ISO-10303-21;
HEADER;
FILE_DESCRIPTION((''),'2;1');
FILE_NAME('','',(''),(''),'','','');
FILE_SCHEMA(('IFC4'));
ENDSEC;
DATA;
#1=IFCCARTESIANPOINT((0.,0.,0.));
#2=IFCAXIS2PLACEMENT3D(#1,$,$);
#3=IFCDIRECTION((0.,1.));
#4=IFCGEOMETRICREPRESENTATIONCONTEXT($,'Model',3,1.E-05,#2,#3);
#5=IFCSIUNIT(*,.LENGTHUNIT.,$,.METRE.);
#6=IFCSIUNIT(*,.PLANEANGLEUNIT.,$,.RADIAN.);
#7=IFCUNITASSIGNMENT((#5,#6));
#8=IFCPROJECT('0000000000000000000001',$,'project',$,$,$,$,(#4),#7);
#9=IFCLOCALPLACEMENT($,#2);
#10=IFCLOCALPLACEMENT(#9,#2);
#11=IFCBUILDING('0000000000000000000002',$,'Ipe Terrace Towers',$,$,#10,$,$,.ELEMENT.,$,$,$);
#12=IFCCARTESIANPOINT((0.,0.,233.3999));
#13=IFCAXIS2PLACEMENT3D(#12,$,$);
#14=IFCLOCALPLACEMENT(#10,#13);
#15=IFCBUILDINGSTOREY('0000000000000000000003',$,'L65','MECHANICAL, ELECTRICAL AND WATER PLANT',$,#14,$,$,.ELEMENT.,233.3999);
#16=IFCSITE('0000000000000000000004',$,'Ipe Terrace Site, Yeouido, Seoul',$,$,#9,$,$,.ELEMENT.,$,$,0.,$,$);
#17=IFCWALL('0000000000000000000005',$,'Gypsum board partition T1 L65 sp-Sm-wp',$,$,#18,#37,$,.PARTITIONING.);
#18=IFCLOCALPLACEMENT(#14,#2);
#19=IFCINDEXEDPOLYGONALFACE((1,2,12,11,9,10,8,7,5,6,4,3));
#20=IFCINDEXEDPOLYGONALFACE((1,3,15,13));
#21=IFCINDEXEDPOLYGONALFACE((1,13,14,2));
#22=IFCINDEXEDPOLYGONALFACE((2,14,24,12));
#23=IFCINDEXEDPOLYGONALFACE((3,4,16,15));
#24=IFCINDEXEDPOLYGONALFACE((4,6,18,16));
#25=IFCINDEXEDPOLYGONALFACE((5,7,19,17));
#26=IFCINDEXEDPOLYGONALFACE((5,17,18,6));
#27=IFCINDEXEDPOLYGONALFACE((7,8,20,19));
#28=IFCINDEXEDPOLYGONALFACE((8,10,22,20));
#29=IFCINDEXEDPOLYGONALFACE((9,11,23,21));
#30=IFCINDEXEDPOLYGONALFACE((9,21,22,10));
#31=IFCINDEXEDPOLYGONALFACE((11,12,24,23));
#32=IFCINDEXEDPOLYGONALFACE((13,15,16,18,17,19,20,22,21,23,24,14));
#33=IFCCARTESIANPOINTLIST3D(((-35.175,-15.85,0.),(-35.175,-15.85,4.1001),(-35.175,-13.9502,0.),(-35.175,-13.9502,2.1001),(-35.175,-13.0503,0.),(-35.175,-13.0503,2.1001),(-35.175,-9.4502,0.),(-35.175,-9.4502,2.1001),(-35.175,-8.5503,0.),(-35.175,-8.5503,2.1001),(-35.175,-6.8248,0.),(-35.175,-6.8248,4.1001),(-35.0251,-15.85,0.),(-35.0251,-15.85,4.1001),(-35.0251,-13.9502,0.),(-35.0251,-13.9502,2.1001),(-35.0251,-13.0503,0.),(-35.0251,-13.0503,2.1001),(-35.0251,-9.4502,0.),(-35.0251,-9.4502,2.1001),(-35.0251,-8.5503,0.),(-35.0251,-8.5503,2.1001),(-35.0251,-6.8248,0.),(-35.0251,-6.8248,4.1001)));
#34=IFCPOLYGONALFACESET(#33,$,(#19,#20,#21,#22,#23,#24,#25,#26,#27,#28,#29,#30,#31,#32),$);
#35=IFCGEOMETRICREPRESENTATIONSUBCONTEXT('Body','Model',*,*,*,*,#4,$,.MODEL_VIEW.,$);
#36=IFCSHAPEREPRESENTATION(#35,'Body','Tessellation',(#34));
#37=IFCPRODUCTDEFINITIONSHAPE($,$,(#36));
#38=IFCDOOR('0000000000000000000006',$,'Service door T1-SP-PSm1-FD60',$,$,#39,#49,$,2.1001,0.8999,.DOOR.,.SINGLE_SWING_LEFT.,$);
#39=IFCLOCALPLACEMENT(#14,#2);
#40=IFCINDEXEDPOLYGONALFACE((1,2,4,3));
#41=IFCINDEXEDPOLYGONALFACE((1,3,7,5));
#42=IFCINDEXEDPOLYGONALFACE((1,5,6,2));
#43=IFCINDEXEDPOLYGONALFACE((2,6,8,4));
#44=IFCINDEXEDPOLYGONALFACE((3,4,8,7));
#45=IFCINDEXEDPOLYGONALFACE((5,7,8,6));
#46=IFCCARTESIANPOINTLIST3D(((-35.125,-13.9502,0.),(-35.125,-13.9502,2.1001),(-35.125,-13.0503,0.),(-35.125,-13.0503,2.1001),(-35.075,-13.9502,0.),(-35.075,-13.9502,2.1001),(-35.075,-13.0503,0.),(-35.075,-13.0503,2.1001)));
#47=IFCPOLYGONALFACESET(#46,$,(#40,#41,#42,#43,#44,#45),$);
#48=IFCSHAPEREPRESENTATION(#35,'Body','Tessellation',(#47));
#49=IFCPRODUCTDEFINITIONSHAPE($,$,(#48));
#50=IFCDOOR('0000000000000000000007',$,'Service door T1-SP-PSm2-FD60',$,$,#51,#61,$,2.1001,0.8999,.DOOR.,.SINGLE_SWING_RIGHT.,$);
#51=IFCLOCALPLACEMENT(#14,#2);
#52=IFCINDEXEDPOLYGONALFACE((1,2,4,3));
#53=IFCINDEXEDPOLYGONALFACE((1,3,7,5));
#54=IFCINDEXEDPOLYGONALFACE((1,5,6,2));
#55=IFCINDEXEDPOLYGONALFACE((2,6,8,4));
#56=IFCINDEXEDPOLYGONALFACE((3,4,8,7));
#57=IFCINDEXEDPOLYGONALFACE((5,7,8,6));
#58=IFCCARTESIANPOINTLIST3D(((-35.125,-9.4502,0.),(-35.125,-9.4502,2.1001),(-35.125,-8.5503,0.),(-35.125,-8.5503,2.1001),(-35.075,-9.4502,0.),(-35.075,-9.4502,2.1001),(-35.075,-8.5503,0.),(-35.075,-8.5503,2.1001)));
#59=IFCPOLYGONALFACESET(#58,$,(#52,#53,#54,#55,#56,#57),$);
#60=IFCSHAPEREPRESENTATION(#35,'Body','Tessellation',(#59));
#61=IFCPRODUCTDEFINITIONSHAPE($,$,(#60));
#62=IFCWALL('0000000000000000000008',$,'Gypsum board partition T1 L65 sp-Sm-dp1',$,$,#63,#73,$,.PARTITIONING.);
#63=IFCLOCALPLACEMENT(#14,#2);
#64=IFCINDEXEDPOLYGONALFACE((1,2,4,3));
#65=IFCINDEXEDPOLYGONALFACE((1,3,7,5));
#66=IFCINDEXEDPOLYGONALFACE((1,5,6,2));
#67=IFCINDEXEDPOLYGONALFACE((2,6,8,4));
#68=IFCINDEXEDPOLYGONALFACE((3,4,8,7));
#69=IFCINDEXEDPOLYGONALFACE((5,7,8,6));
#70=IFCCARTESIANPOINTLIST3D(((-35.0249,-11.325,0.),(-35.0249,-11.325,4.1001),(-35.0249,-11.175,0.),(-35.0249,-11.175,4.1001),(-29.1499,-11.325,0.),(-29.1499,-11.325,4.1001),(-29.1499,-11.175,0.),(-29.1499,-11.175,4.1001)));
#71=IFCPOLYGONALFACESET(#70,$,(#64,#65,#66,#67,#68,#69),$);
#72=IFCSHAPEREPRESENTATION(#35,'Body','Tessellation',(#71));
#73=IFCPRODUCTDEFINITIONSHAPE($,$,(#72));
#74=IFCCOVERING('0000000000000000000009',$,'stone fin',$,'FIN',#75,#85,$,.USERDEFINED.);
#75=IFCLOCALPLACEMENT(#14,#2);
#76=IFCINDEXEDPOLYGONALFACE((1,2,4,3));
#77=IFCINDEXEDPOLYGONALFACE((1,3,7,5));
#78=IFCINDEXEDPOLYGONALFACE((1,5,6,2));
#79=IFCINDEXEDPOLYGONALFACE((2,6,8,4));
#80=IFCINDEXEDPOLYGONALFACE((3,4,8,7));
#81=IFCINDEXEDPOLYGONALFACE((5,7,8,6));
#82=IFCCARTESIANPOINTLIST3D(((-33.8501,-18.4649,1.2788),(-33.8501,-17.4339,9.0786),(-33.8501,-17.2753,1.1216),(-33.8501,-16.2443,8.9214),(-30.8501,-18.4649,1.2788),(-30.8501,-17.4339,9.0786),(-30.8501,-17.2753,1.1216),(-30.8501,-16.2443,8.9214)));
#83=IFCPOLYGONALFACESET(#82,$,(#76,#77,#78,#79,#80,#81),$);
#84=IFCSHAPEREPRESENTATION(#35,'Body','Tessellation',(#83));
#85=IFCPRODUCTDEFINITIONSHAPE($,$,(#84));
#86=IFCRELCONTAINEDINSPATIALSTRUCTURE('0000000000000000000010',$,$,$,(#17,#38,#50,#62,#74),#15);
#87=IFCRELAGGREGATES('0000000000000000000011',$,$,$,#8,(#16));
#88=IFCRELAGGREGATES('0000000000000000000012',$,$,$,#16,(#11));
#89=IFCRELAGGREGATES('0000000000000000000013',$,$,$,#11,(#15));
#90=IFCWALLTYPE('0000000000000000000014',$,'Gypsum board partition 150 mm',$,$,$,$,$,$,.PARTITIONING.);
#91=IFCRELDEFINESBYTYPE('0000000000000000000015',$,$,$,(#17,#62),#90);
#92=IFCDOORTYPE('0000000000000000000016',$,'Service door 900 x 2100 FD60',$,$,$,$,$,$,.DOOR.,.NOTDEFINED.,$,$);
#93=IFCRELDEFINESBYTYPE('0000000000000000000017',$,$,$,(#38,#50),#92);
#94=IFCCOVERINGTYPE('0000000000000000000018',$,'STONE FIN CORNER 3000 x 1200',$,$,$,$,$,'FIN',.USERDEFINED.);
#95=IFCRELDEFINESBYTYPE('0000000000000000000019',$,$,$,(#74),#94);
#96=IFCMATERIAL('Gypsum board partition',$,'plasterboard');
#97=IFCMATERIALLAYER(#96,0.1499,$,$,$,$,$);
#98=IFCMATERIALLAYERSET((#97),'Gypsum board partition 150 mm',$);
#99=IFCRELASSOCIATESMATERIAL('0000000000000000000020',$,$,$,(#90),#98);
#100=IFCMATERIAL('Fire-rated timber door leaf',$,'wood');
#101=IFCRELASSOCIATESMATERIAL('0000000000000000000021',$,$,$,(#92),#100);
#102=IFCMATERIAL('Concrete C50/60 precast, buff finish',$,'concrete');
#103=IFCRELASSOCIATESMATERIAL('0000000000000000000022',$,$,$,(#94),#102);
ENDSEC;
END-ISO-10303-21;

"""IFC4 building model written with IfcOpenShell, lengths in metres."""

from ifc_helpers import new_model, si_unit, direction, frame, frame_2d, origin, origin_2d, place, context, subcontext, project, spatial, rectangle, extrude, material, layer, layer_set, material_profile, profile_set, type_object, element, fill, save


model = new_model("IFC4")

# Units and contexts
model_context = context("Model", 3, precision=1e-05, world=origin(), true_north=direction((0.0, 1.0)))
body_context = subcontext(model_context, "Body", "Model", "MODEL_VIEW")
ifc_project = project(units=[si_unit("LENGTHUNIT", "METRE"), si_unit("PLANEANGLEUNIT", "RADIAN")], contexts=[model_context])

# Site, building, storey
site_placement = place(None, origin())
site = spatial("IfcSite", under=ifc_project, at=site_placement, Name="Ipe Terrace Site, Yeouido, Seoul", CompositionType="ELEMENT", RefElevation=0.0)
building_placement = place(site_placement, origin())
building = spatial("IfcBuilding", under=site, at=building_placement, Name="Ipe Terrace Towers", CompositionType="ELEMENT")
storey_placement = place(building_placement, frame((0.0, 0.0, 233.3999)))
storey = spatial("IfcBuildingStorey", under=building, at=storey_placement, Name="L65", Description="MECHANICAL, ELECTRICAL AND WATER PLANT", CompositionType="ELEMENT", Elevation=233.3999)

# Wall, openings, doors
ifc_material_1 = material(Name="Gypsum board partition", Category="plasterboard")
ifc_layer_1 = layer(ifc_material_1, 0.1499)
ifc_layer_set_1 = layer_set([ifc_layer_1], Name="Gypsum board partition 150 mm")
wall_type_1 = type_object("IfcWallType", Name="Gypsum board partition 150 mm", PredefinedType="PARTITIONING", material=ifc_layer_set_1)
wall_1_placement = place(storey_placement, frame((-35.1001, -15.8501, 0.0), z_axis=(0.0, 0.0, 1.0), x_axis=(0.0, 1.0, 0.0)))
wall_1 = element("IfcWall", 1, at=wall_1_placement, inside=storey, type_object=wall_type_1, Name="Gypsum board partition T1 L65 sp-Sm-wp", PredefinedType="PARTITIONING", context=body_context, shape_type="SweptSolid", body=[
    extrude(rectangle(XDim=9.0251, YDim=0.1499, at=frame_2d((4.5127, 0.0))), origin(), (0.0, 0.0, 1.0), 4.1001),
])
opening_1_placement = place(wall_1_placement, frame((1.8999, 0.0, 0.0)))
opening_1 = element("IfcOpeningElement", 2, at=opening_1_placement, cuts=wall_1, PredefinedType="OPENING", context=body_context, shape_type="SweptSolid", body=[
    extrude(rectangle(XDim=0.8999, YDim=2.1001, at=frame_2d((0.45, 1.05))), frame((0.0, 0.085, 0.0), z_axis=(0.0, -1.0, 0.0), x_axis=(1.0, 0.0, 0.0)), (0.0, 0.0, 1.0), 0.1699),
])
opening_2_placement = place(wall_1_placement, frame((6.3999, 0.0, 0.0)))
opening_2 = element("IfcOpeningElement", 3, at=opening_2_placement, cuts=wall_1, PredefinedType="OPENING", context=body_context, shape_type="SweptSolid", body=[
    extrude(rectangle(XDim=0.8999, YDim=2.1001, at=frame_2d((0.45, 1.05))), frame((0.0, 0.085, 0.0), z_axis=(0.0, -1.0, 0.0), x_axis=(1.0, 0.0, 0.0)), (0.0, 0.0, 1.0), 0.1699),
])
ifc_material_2 = material(Name="Fire-rated timber door leaf", Category="wood")
door_type = type_object("IfcDoorType", Name="Service door 900 x 2100 FD60", OperationType="NOTDEFINED", PredefinedType="DOOR", material=ifc_material_2)
door_1_placement = place(opening_1_placement, origin())
door_1 = element("IfcDoor", 4, at=door_1_placement, inside=storey, type_object=door_type, Name="Service door T1-SP-PSm1-FD60", OperationType="SINGLE_SWING_LEFT", OverallHeight=2.1001, OverallWidth=0.8999, PredefinedType="DOOR", context=body_context, shape_type="SweptSolid", body=[
    extrude(rectangle(XDim=0.8999, YDim=2.1001, at=frame_2d((0.45, 1.05))), frame((0.0, 0.0249, 0.0), z_axis=(0.0, -1.0, 0.0), x_axis=(1.0, 0.0, 0.0)), (0.0, 0.0, 1.0), 0.05),
])
fill(opening_1, door_1)
door_2_placement = place(opening_2_placement, origin())
door_2 = element("IfcDoor", 5, at=door_2_placement, inside=storey, type_object=door_type, Name="Service door T1-SP-PSm2-FD60", OperationType="SINGLE_SWING_RIGHT", OverallHeight=2.1001, OverallWidth=0.8999, PredefinedType="DOOR", context=body_context, shape_type="SweptSolid", body=[
    extrude(rectangle(XDim=0.8999, YDim=2.1001, at=frame_2d((0.45, 1.05))), frame((0.0, 0.0249, 0.0), z_axis=(0.0, -1.0, 0.0), x_axis=(1.0, 0.0, 0.0)), (0.0, 0.0, 1.0), 0.05),
])
fill(opening_2, door_2)

# Wall
wall_2_placement = place(storey_placement, frame((-35.0249, -11.25, 0.0), z_axis=(0.0, 0.0, 1.0), x_axis=(1.0, 0.0, 0.0)))
element("IfcWall", 6, at=wall_2_placement, inside=storey, type_object=wall_type_1, Name="Gypsum board partition T1 L65 sp-Sm-dp1", PredefinedType="PARTITIONING", context=body_context, shape_type="SweptSolid", body=[
    extrude(rectangle(XDim=5.875, YDim=0.1499, at=frame_2d((2.9375, 0.0))), origin(), (0.0, 0.0, 1.0), 4.1001),
])

# Covering
ifc_material_3 = material(Name="Concrete C50/60 precast, buff finish", Category="concrete")
ifc_material_profile_1 = material_profile(ifc_material_3, rectangle(XDim=3.0, YDim=1.2, at=origin_2d()), Name="STONE FIN CORNER 3000 x 1200")
ifc_profile_set_1 = profile_set([ifc_material_profile_1], Name="Concrete C50/60 precast, buff finish")
covering_type = type_object("IfcCoveringType", Name="STONE FIN CORNER 3000 x 1200", ElementType="FIN", PredefinedType="USERDEFINED", material=ifc_profile_set_1)
covering_placement = place(storey_placement, frame((-32.3501, -17.8701, 1.2002), z_axis=(0.0, 0.131044, 0.991377), x_axis=(1.0, 0.0, 0.0)))
element("IfcCovering", 7, at=covering_placement, inside=storey, type_object=covering_type, Name="stone fin", ObjectType="FIN", PredefinedType="USERDEFINED", context=body_context, shape_type="SweptSolid", body=[
    extrude(rectangle(XDim=3.0, YDim=1.2, at=origin_2d()), origin(), (0.0, 0.0, 1.0), 7.8677),
])

save(model, "model.ifc")
